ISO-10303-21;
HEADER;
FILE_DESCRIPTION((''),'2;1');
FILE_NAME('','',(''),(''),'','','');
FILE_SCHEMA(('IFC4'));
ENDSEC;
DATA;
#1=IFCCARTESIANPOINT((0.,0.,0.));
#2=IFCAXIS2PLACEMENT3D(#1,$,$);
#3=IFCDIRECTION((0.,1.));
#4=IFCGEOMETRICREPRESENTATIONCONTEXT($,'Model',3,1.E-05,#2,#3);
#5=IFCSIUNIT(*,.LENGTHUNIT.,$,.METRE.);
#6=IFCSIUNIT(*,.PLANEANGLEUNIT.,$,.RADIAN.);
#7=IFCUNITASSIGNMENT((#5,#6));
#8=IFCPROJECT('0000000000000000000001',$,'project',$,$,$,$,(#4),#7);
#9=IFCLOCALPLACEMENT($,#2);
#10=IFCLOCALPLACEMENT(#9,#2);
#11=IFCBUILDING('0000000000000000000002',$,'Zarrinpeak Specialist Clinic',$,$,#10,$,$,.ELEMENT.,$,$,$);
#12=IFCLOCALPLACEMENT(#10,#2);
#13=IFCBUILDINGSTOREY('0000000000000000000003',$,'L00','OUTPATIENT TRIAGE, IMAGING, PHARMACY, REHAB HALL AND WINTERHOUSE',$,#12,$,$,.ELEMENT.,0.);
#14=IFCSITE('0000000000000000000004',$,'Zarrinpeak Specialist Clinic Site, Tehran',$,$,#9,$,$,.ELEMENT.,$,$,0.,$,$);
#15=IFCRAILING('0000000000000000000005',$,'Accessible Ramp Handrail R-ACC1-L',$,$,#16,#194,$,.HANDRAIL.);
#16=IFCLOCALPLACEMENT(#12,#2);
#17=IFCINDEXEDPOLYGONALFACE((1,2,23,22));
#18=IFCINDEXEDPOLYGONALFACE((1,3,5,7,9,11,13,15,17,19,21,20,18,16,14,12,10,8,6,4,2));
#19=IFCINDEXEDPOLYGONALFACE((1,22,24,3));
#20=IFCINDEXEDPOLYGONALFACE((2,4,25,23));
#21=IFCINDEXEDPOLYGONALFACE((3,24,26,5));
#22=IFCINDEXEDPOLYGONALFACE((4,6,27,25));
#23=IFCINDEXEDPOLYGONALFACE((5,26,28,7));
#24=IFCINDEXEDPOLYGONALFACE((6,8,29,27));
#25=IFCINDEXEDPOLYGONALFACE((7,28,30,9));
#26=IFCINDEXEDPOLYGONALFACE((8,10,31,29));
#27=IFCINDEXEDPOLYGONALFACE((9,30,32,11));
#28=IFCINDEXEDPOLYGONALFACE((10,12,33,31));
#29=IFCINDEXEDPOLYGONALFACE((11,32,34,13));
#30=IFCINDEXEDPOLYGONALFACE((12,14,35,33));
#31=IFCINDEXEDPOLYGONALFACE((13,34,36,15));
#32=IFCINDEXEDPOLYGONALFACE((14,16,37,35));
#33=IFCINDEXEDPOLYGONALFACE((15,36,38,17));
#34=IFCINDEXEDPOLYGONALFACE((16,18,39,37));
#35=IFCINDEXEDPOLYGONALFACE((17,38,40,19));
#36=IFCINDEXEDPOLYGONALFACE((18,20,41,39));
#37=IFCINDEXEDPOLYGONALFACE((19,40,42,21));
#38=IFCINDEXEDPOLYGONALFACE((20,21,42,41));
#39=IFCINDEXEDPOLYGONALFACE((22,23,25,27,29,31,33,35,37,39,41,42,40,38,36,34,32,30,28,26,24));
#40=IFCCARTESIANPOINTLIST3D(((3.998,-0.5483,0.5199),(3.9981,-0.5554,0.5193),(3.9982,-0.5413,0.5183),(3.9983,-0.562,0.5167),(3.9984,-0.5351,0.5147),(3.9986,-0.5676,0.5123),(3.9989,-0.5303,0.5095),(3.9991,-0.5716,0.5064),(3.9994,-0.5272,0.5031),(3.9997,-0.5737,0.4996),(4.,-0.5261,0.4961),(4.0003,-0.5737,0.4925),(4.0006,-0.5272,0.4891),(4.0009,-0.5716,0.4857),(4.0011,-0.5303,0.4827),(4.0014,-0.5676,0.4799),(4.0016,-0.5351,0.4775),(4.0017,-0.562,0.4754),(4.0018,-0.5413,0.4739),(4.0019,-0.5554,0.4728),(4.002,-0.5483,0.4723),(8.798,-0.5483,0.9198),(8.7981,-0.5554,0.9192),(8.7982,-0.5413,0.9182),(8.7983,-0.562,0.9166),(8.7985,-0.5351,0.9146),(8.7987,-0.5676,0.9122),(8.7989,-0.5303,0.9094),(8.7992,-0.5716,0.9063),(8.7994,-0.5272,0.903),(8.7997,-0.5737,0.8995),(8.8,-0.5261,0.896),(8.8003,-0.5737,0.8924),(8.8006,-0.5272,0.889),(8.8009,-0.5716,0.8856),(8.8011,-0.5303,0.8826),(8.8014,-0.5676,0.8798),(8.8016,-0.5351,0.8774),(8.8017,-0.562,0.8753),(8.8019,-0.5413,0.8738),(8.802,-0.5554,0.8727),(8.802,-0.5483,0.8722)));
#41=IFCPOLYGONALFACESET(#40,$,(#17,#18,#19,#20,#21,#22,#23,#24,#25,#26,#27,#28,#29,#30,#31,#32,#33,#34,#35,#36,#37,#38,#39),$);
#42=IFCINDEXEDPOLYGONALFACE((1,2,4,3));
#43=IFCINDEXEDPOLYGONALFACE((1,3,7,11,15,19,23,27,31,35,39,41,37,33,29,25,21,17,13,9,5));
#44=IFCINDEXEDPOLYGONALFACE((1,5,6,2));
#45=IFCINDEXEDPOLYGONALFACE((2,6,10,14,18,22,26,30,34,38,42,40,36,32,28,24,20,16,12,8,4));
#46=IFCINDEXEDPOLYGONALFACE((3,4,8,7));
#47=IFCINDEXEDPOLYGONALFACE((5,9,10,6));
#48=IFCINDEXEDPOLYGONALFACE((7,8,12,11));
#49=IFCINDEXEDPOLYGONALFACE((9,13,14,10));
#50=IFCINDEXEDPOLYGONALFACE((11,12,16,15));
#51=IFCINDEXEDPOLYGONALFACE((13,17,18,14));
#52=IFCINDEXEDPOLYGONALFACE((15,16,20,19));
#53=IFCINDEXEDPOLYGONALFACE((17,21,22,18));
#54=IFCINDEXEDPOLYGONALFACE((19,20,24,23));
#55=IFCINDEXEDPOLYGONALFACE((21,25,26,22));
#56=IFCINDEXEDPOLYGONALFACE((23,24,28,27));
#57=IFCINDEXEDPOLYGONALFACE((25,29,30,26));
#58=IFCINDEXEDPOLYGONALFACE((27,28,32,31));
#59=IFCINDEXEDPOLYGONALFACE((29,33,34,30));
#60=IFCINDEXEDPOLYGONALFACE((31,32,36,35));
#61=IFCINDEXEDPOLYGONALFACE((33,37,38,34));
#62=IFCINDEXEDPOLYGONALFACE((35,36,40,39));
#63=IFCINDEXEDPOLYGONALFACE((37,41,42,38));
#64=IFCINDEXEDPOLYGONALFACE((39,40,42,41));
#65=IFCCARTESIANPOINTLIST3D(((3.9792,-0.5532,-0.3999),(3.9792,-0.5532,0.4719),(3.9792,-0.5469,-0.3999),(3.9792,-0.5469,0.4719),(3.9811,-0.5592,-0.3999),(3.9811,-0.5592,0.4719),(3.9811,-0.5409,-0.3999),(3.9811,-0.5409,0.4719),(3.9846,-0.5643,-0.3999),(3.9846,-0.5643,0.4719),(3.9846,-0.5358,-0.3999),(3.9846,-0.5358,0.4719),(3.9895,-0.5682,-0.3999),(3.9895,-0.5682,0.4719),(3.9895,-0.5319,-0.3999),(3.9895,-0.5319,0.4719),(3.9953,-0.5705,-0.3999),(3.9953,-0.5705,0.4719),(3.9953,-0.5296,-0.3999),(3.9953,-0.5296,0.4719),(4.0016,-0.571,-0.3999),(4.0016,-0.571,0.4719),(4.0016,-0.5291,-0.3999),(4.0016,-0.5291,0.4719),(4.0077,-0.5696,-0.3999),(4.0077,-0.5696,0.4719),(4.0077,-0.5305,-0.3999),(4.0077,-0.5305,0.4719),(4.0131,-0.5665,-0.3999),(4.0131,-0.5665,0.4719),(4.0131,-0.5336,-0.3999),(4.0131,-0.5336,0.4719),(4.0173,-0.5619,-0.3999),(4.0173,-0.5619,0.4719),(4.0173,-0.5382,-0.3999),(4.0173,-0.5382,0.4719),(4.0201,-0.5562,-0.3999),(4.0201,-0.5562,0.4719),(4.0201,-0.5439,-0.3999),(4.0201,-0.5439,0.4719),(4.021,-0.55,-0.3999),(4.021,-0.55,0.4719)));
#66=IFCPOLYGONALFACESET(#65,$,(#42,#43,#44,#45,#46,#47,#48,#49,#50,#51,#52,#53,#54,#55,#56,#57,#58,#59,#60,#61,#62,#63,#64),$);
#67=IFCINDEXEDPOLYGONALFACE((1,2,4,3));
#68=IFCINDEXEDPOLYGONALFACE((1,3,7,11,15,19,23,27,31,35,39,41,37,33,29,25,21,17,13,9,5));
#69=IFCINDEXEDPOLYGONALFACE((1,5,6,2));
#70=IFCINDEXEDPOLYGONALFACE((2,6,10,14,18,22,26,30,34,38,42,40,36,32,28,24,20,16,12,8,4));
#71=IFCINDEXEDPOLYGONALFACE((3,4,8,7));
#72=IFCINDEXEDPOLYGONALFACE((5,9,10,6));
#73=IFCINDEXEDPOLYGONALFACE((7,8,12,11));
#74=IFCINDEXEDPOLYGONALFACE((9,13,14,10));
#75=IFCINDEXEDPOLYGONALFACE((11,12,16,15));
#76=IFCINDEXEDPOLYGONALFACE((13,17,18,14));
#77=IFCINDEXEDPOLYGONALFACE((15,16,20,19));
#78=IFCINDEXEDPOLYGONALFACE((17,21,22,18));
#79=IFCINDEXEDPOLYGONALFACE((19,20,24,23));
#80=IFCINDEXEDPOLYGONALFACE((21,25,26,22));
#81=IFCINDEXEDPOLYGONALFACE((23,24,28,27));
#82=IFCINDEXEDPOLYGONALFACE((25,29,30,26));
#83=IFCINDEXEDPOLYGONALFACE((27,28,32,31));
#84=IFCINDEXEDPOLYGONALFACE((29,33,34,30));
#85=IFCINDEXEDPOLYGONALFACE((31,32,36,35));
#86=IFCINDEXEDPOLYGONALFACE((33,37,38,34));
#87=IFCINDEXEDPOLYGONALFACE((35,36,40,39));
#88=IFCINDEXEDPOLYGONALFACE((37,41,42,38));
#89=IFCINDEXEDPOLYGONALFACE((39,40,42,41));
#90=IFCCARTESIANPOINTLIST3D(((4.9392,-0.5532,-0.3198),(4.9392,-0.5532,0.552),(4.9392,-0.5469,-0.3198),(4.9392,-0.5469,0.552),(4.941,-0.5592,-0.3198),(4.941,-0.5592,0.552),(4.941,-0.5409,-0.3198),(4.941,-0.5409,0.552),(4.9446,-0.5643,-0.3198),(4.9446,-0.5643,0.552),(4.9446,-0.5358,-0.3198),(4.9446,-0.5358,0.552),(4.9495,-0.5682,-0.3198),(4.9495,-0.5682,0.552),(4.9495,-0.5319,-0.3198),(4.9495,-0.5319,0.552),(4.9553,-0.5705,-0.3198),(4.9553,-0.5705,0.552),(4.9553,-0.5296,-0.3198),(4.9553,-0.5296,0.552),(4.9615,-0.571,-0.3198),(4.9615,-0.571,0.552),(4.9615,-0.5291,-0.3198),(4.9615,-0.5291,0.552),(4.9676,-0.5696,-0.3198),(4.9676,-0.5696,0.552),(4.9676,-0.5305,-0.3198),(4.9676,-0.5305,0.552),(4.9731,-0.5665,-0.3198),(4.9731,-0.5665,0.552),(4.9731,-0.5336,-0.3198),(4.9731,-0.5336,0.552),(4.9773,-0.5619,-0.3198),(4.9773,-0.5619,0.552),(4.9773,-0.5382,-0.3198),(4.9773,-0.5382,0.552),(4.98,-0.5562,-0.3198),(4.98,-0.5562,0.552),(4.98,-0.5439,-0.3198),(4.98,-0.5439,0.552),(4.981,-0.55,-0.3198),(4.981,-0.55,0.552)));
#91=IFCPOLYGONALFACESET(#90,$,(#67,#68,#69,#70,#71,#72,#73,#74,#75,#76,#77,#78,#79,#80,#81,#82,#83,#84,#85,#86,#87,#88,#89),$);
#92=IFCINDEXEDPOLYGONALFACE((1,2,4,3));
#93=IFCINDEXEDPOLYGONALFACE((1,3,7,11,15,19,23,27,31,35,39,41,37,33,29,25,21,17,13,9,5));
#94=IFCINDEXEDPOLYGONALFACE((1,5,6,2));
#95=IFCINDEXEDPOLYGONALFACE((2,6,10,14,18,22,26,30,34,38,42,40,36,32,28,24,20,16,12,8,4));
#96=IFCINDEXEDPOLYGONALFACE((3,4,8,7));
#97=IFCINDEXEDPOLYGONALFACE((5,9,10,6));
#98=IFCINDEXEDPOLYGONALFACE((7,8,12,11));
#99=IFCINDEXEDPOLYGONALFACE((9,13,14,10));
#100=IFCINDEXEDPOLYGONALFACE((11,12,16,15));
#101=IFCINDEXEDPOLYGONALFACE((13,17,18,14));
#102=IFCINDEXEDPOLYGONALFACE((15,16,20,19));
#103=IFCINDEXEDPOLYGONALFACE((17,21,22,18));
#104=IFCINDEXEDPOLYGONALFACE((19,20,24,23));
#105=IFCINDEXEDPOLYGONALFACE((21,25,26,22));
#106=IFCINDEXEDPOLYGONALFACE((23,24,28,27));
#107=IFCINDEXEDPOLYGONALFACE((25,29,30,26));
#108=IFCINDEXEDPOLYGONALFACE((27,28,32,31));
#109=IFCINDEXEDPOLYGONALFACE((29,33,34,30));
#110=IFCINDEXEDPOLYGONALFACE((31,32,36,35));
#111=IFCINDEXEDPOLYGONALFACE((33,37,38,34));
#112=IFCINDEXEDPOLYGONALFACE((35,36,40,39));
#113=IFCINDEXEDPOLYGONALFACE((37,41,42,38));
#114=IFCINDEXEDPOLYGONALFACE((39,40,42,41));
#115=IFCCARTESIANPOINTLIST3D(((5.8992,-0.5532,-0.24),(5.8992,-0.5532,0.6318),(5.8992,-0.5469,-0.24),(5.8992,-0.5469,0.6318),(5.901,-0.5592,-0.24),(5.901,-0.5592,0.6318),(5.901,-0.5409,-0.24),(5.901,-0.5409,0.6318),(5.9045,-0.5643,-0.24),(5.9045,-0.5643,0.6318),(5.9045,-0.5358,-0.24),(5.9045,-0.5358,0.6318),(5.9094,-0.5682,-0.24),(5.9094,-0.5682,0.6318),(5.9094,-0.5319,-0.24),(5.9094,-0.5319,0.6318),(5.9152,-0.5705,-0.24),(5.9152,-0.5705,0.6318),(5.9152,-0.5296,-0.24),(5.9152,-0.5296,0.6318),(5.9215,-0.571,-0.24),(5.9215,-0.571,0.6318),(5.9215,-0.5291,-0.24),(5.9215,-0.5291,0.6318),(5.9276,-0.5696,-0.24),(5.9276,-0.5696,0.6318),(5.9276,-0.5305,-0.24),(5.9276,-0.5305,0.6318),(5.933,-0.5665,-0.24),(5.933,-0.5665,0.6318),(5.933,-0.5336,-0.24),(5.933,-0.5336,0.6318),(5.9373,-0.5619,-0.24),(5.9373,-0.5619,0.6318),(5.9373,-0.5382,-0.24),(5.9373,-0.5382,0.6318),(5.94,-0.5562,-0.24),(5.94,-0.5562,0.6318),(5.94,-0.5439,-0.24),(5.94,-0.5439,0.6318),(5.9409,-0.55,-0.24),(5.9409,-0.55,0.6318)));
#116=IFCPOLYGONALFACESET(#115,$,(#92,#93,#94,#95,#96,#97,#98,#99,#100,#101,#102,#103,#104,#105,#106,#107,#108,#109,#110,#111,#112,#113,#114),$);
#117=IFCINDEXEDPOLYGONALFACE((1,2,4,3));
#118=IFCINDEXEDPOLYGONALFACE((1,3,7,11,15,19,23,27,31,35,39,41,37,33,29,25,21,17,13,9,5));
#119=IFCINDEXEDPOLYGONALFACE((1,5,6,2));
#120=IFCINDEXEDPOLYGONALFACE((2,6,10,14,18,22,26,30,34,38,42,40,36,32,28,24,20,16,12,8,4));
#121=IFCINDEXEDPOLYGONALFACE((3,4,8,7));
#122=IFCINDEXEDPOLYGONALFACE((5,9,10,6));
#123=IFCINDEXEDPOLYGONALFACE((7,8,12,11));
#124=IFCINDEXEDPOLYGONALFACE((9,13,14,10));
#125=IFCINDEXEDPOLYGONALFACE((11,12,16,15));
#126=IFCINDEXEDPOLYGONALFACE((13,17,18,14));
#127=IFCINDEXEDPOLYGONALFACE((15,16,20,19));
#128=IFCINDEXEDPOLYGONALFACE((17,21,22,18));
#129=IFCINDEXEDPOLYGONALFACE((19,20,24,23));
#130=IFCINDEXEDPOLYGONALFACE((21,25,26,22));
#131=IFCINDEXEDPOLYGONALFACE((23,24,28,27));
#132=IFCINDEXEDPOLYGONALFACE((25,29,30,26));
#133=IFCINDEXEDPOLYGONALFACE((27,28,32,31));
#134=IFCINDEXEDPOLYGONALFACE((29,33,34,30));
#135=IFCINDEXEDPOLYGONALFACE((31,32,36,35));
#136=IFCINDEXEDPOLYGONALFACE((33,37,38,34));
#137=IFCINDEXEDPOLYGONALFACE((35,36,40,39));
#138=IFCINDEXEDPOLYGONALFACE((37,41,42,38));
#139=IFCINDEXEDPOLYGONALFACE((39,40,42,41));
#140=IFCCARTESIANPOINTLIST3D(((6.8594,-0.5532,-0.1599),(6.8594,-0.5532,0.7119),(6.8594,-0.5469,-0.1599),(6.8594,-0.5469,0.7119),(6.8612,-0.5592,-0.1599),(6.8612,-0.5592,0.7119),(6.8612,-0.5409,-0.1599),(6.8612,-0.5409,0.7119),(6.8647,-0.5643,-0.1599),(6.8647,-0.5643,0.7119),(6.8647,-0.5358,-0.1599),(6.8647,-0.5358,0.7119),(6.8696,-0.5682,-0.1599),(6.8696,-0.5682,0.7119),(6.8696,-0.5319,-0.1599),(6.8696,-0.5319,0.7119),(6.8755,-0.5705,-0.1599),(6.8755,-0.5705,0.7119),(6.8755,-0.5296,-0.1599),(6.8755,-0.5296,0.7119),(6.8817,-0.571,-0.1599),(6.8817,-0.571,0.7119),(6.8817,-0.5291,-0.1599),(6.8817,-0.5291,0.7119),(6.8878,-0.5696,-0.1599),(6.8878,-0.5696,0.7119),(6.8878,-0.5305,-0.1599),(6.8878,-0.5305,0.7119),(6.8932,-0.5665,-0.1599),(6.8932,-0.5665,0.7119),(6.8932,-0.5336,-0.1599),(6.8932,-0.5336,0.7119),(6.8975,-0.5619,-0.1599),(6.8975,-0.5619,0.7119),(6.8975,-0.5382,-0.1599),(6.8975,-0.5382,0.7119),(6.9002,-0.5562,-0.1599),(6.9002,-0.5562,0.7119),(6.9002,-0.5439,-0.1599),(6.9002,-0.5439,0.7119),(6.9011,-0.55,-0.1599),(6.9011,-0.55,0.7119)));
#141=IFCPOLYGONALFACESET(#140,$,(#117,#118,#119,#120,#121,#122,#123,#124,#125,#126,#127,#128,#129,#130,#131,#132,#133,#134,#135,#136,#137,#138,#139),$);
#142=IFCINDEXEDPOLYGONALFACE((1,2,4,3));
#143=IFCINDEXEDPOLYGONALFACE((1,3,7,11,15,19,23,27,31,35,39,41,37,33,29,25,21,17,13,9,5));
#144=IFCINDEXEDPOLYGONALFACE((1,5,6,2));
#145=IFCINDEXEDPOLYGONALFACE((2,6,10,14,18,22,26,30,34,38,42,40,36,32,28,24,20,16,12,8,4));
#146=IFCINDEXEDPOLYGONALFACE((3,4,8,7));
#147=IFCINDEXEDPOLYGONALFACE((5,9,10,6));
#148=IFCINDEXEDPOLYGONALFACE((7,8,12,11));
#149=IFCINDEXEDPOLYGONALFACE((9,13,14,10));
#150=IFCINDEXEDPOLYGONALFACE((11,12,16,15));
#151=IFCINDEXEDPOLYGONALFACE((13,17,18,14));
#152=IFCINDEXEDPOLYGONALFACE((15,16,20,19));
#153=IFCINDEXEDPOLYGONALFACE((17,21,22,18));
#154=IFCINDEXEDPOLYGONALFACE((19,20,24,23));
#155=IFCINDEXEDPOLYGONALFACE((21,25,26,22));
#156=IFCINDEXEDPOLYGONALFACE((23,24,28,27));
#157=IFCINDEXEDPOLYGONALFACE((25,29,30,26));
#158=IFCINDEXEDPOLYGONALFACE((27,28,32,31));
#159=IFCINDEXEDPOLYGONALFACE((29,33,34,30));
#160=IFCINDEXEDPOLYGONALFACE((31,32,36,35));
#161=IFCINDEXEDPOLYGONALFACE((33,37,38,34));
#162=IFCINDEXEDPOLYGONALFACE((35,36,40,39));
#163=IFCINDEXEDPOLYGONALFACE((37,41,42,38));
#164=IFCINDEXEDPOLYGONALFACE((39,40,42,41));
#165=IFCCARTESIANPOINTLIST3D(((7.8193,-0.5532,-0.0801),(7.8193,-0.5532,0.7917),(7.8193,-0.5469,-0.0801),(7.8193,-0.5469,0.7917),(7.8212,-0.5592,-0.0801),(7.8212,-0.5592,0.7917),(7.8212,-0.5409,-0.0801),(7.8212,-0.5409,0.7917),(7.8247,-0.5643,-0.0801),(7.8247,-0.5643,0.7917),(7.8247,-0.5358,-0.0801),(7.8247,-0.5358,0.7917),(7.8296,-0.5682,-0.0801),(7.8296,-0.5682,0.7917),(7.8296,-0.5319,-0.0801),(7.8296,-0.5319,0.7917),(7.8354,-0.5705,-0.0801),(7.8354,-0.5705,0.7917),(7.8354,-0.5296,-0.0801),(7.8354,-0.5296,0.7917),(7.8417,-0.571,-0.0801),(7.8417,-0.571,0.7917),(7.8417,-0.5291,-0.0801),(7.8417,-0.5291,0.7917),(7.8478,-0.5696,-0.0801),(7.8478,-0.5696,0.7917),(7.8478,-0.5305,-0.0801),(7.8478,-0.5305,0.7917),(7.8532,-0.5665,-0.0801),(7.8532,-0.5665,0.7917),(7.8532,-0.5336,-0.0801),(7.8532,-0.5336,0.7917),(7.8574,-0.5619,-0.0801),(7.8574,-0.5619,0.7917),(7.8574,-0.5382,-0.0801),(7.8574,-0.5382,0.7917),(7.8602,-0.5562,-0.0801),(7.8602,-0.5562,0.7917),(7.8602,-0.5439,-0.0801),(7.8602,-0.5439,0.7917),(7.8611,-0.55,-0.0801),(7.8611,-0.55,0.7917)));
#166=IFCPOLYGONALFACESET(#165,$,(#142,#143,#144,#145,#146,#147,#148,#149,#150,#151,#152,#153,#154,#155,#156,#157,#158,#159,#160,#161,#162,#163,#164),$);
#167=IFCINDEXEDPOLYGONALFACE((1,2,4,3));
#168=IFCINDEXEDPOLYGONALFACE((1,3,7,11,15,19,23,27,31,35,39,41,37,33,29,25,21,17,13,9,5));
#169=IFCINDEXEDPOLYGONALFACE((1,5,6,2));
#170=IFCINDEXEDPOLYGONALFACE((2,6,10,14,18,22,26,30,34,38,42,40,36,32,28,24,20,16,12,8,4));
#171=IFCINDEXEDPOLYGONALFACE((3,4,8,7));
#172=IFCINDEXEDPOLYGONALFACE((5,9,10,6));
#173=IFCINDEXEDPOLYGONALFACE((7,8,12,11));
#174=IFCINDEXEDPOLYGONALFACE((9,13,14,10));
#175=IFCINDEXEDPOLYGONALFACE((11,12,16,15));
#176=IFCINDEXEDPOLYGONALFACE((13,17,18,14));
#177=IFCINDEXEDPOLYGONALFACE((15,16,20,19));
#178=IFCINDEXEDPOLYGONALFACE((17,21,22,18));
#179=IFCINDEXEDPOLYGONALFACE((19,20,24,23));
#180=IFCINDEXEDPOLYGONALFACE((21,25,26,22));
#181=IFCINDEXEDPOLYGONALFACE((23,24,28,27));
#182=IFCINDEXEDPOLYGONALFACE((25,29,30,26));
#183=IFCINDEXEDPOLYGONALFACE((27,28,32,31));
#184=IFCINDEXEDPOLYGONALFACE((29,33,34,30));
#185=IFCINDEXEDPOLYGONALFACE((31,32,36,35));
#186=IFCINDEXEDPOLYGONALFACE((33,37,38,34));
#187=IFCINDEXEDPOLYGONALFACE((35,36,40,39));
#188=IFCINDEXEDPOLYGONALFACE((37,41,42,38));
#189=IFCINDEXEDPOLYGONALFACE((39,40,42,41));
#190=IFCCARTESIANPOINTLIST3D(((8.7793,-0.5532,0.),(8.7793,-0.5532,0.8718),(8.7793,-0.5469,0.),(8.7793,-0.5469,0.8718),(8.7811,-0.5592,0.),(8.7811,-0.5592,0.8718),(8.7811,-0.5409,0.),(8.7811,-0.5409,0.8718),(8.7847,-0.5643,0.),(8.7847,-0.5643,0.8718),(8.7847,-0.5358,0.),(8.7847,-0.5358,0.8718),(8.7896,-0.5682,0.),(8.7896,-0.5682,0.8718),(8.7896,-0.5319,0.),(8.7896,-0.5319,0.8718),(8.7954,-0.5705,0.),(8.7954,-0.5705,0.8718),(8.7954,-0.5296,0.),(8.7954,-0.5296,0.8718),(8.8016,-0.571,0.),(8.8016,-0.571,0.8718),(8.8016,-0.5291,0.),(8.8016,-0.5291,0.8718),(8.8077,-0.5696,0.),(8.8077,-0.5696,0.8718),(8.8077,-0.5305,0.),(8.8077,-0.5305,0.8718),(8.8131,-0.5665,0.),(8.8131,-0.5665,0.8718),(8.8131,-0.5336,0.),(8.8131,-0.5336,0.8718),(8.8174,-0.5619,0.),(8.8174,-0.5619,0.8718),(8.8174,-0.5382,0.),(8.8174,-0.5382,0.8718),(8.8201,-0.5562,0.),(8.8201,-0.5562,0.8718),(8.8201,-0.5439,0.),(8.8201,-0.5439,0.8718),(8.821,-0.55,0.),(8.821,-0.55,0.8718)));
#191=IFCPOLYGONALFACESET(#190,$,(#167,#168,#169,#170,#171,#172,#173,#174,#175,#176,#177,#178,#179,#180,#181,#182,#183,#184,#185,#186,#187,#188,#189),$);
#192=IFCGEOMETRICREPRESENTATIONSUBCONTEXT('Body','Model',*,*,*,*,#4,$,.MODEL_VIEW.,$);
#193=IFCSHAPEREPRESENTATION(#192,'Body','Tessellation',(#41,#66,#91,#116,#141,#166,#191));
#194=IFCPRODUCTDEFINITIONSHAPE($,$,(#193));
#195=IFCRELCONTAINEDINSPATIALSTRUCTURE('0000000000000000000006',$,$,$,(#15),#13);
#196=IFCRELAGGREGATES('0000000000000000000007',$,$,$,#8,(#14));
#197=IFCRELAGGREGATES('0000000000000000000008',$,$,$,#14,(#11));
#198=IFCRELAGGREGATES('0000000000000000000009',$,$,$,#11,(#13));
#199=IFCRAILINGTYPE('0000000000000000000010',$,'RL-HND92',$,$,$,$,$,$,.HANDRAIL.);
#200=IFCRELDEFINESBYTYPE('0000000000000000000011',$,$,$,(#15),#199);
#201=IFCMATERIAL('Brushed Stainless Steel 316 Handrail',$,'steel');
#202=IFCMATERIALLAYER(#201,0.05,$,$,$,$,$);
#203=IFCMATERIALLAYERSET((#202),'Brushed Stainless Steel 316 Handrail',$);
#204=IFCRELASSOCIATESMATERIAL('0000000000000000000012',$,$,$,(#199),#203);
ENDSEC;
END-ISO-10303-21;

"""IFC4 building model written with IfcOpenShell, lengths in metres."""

from ifc_helpers import new_model, si_unit, direction, frame, origin, origin_2d, place, context, subcontext, project, spatial, circle, extrude, material, layer, layer_set, type_object, element, save


model = new_model("IFC4")

# Units and contexts
model_context = context("Model", 3, precision=1e-05, world=origin(), true_north=direction((0.0, 1.0)))
body_context = subcontext(model_context, "Body", "Model", "MODEL_VIEW")
ifc_project = project(units=[si_unit("LENGTHUNIT", "METRE"), si_unit("PLANEANGLEUNIT", "RADIAN")], contexts=[model_context])

# Site, building, storey
site_placement = place(None, origin())
site = spatial("IfcSite", under=ifc_project, at=site_placement, Name="Zarrinpeak Specialist Clinic Site, Tehran", CompositionType="ELEMENT", RefElevation=0.0)
building_placement = place(site_placement, origin())
building = spatial("IfcBuilding", under=site, at=building_placement, Name="Zarrinpeak Specialist Clinic", CompositionType="ELEMENT")
storey_placement = place(building_placement, origin())
storey = spatial("IfcBuildingStorey", under=building, at=storey_placement, Name="L00", Description="OUTPATIENT TRIAGE, IMAGING, PHARMACY, REHAB HALL AND WINTERHOUSE", CompositionType="ELEMENT", Elevation=0.0)

# Railing
ifc_material_1 = material(Name="Brushed Stainless Steel 316 Handrail", Category="steel")
ifc_layer_1 = layer(ifc_material_1, 0.05)
ifc_layer_set_1 = layer_set([ifc_layer_1], Name="Brushed Stainless Steel 316 Handrail")
railing_type = type_object("IfcRailingType", Name="RL-HND92", PredefinedType="HANDRAIL", material=ifc_layer_set_1)
for number, where, name in (
    (1, (4.0, -0.55, -0.3999), "Accessible Ramp Handrail R-ACC1-L"),
):
    element("IfcRailing", number, at=place(storey_placement, frame(where)), inside=storey, type_object=railing_type, Name=name, PredefinedType="HANDRAIL", context=body_context, shape_type="SweptSolid", body=[
        extrude(circle(Radius=0.0239, at=origin_2d()), frame((0.0, 0.0, 0.896), z_axis=(0.996548, 0.0, 0.083025), x_axis=(0.0, 1.0, 0.0)), (0.0, 0.0, 1.0), 4.8167),
        extrude(circle(Radius=0.021, at=origin_2d()), origin(), (0.0, 0.0, 1.0), 0.8718),
        extrude(circle(Radius=0.021, at=origin_2d()), frame((0.96, 0.0, 0.0801)), (0.0, 0.0, 1.0), 0.8718),
        extrude(circle(Radius=0.021, at=origin_2d()), frame((1.9199, 0.0, 0.1599)), (0.0, 0.0, 1.0), 0.8718),
        extrude(circle(Radius=0.021, at=origin_2d()), frame((2.8801, 0.0, 0.24)), (0.0, 0.0, 1.0), 0.8718),
        extrude(circle(Radius=0.021, at=origin_2d()), frame((3.8401, 0.0, 0.3198)), (0.0, 0.0, 1.0), 0.8718),
        extrude(circle(Radius=0.021, at=origin_2d()), frame((4.8, 0.0, 0.3999)), (0.0, 0.0, 1.0), 0.8718),
    ])

save(model, "model.ifc")
